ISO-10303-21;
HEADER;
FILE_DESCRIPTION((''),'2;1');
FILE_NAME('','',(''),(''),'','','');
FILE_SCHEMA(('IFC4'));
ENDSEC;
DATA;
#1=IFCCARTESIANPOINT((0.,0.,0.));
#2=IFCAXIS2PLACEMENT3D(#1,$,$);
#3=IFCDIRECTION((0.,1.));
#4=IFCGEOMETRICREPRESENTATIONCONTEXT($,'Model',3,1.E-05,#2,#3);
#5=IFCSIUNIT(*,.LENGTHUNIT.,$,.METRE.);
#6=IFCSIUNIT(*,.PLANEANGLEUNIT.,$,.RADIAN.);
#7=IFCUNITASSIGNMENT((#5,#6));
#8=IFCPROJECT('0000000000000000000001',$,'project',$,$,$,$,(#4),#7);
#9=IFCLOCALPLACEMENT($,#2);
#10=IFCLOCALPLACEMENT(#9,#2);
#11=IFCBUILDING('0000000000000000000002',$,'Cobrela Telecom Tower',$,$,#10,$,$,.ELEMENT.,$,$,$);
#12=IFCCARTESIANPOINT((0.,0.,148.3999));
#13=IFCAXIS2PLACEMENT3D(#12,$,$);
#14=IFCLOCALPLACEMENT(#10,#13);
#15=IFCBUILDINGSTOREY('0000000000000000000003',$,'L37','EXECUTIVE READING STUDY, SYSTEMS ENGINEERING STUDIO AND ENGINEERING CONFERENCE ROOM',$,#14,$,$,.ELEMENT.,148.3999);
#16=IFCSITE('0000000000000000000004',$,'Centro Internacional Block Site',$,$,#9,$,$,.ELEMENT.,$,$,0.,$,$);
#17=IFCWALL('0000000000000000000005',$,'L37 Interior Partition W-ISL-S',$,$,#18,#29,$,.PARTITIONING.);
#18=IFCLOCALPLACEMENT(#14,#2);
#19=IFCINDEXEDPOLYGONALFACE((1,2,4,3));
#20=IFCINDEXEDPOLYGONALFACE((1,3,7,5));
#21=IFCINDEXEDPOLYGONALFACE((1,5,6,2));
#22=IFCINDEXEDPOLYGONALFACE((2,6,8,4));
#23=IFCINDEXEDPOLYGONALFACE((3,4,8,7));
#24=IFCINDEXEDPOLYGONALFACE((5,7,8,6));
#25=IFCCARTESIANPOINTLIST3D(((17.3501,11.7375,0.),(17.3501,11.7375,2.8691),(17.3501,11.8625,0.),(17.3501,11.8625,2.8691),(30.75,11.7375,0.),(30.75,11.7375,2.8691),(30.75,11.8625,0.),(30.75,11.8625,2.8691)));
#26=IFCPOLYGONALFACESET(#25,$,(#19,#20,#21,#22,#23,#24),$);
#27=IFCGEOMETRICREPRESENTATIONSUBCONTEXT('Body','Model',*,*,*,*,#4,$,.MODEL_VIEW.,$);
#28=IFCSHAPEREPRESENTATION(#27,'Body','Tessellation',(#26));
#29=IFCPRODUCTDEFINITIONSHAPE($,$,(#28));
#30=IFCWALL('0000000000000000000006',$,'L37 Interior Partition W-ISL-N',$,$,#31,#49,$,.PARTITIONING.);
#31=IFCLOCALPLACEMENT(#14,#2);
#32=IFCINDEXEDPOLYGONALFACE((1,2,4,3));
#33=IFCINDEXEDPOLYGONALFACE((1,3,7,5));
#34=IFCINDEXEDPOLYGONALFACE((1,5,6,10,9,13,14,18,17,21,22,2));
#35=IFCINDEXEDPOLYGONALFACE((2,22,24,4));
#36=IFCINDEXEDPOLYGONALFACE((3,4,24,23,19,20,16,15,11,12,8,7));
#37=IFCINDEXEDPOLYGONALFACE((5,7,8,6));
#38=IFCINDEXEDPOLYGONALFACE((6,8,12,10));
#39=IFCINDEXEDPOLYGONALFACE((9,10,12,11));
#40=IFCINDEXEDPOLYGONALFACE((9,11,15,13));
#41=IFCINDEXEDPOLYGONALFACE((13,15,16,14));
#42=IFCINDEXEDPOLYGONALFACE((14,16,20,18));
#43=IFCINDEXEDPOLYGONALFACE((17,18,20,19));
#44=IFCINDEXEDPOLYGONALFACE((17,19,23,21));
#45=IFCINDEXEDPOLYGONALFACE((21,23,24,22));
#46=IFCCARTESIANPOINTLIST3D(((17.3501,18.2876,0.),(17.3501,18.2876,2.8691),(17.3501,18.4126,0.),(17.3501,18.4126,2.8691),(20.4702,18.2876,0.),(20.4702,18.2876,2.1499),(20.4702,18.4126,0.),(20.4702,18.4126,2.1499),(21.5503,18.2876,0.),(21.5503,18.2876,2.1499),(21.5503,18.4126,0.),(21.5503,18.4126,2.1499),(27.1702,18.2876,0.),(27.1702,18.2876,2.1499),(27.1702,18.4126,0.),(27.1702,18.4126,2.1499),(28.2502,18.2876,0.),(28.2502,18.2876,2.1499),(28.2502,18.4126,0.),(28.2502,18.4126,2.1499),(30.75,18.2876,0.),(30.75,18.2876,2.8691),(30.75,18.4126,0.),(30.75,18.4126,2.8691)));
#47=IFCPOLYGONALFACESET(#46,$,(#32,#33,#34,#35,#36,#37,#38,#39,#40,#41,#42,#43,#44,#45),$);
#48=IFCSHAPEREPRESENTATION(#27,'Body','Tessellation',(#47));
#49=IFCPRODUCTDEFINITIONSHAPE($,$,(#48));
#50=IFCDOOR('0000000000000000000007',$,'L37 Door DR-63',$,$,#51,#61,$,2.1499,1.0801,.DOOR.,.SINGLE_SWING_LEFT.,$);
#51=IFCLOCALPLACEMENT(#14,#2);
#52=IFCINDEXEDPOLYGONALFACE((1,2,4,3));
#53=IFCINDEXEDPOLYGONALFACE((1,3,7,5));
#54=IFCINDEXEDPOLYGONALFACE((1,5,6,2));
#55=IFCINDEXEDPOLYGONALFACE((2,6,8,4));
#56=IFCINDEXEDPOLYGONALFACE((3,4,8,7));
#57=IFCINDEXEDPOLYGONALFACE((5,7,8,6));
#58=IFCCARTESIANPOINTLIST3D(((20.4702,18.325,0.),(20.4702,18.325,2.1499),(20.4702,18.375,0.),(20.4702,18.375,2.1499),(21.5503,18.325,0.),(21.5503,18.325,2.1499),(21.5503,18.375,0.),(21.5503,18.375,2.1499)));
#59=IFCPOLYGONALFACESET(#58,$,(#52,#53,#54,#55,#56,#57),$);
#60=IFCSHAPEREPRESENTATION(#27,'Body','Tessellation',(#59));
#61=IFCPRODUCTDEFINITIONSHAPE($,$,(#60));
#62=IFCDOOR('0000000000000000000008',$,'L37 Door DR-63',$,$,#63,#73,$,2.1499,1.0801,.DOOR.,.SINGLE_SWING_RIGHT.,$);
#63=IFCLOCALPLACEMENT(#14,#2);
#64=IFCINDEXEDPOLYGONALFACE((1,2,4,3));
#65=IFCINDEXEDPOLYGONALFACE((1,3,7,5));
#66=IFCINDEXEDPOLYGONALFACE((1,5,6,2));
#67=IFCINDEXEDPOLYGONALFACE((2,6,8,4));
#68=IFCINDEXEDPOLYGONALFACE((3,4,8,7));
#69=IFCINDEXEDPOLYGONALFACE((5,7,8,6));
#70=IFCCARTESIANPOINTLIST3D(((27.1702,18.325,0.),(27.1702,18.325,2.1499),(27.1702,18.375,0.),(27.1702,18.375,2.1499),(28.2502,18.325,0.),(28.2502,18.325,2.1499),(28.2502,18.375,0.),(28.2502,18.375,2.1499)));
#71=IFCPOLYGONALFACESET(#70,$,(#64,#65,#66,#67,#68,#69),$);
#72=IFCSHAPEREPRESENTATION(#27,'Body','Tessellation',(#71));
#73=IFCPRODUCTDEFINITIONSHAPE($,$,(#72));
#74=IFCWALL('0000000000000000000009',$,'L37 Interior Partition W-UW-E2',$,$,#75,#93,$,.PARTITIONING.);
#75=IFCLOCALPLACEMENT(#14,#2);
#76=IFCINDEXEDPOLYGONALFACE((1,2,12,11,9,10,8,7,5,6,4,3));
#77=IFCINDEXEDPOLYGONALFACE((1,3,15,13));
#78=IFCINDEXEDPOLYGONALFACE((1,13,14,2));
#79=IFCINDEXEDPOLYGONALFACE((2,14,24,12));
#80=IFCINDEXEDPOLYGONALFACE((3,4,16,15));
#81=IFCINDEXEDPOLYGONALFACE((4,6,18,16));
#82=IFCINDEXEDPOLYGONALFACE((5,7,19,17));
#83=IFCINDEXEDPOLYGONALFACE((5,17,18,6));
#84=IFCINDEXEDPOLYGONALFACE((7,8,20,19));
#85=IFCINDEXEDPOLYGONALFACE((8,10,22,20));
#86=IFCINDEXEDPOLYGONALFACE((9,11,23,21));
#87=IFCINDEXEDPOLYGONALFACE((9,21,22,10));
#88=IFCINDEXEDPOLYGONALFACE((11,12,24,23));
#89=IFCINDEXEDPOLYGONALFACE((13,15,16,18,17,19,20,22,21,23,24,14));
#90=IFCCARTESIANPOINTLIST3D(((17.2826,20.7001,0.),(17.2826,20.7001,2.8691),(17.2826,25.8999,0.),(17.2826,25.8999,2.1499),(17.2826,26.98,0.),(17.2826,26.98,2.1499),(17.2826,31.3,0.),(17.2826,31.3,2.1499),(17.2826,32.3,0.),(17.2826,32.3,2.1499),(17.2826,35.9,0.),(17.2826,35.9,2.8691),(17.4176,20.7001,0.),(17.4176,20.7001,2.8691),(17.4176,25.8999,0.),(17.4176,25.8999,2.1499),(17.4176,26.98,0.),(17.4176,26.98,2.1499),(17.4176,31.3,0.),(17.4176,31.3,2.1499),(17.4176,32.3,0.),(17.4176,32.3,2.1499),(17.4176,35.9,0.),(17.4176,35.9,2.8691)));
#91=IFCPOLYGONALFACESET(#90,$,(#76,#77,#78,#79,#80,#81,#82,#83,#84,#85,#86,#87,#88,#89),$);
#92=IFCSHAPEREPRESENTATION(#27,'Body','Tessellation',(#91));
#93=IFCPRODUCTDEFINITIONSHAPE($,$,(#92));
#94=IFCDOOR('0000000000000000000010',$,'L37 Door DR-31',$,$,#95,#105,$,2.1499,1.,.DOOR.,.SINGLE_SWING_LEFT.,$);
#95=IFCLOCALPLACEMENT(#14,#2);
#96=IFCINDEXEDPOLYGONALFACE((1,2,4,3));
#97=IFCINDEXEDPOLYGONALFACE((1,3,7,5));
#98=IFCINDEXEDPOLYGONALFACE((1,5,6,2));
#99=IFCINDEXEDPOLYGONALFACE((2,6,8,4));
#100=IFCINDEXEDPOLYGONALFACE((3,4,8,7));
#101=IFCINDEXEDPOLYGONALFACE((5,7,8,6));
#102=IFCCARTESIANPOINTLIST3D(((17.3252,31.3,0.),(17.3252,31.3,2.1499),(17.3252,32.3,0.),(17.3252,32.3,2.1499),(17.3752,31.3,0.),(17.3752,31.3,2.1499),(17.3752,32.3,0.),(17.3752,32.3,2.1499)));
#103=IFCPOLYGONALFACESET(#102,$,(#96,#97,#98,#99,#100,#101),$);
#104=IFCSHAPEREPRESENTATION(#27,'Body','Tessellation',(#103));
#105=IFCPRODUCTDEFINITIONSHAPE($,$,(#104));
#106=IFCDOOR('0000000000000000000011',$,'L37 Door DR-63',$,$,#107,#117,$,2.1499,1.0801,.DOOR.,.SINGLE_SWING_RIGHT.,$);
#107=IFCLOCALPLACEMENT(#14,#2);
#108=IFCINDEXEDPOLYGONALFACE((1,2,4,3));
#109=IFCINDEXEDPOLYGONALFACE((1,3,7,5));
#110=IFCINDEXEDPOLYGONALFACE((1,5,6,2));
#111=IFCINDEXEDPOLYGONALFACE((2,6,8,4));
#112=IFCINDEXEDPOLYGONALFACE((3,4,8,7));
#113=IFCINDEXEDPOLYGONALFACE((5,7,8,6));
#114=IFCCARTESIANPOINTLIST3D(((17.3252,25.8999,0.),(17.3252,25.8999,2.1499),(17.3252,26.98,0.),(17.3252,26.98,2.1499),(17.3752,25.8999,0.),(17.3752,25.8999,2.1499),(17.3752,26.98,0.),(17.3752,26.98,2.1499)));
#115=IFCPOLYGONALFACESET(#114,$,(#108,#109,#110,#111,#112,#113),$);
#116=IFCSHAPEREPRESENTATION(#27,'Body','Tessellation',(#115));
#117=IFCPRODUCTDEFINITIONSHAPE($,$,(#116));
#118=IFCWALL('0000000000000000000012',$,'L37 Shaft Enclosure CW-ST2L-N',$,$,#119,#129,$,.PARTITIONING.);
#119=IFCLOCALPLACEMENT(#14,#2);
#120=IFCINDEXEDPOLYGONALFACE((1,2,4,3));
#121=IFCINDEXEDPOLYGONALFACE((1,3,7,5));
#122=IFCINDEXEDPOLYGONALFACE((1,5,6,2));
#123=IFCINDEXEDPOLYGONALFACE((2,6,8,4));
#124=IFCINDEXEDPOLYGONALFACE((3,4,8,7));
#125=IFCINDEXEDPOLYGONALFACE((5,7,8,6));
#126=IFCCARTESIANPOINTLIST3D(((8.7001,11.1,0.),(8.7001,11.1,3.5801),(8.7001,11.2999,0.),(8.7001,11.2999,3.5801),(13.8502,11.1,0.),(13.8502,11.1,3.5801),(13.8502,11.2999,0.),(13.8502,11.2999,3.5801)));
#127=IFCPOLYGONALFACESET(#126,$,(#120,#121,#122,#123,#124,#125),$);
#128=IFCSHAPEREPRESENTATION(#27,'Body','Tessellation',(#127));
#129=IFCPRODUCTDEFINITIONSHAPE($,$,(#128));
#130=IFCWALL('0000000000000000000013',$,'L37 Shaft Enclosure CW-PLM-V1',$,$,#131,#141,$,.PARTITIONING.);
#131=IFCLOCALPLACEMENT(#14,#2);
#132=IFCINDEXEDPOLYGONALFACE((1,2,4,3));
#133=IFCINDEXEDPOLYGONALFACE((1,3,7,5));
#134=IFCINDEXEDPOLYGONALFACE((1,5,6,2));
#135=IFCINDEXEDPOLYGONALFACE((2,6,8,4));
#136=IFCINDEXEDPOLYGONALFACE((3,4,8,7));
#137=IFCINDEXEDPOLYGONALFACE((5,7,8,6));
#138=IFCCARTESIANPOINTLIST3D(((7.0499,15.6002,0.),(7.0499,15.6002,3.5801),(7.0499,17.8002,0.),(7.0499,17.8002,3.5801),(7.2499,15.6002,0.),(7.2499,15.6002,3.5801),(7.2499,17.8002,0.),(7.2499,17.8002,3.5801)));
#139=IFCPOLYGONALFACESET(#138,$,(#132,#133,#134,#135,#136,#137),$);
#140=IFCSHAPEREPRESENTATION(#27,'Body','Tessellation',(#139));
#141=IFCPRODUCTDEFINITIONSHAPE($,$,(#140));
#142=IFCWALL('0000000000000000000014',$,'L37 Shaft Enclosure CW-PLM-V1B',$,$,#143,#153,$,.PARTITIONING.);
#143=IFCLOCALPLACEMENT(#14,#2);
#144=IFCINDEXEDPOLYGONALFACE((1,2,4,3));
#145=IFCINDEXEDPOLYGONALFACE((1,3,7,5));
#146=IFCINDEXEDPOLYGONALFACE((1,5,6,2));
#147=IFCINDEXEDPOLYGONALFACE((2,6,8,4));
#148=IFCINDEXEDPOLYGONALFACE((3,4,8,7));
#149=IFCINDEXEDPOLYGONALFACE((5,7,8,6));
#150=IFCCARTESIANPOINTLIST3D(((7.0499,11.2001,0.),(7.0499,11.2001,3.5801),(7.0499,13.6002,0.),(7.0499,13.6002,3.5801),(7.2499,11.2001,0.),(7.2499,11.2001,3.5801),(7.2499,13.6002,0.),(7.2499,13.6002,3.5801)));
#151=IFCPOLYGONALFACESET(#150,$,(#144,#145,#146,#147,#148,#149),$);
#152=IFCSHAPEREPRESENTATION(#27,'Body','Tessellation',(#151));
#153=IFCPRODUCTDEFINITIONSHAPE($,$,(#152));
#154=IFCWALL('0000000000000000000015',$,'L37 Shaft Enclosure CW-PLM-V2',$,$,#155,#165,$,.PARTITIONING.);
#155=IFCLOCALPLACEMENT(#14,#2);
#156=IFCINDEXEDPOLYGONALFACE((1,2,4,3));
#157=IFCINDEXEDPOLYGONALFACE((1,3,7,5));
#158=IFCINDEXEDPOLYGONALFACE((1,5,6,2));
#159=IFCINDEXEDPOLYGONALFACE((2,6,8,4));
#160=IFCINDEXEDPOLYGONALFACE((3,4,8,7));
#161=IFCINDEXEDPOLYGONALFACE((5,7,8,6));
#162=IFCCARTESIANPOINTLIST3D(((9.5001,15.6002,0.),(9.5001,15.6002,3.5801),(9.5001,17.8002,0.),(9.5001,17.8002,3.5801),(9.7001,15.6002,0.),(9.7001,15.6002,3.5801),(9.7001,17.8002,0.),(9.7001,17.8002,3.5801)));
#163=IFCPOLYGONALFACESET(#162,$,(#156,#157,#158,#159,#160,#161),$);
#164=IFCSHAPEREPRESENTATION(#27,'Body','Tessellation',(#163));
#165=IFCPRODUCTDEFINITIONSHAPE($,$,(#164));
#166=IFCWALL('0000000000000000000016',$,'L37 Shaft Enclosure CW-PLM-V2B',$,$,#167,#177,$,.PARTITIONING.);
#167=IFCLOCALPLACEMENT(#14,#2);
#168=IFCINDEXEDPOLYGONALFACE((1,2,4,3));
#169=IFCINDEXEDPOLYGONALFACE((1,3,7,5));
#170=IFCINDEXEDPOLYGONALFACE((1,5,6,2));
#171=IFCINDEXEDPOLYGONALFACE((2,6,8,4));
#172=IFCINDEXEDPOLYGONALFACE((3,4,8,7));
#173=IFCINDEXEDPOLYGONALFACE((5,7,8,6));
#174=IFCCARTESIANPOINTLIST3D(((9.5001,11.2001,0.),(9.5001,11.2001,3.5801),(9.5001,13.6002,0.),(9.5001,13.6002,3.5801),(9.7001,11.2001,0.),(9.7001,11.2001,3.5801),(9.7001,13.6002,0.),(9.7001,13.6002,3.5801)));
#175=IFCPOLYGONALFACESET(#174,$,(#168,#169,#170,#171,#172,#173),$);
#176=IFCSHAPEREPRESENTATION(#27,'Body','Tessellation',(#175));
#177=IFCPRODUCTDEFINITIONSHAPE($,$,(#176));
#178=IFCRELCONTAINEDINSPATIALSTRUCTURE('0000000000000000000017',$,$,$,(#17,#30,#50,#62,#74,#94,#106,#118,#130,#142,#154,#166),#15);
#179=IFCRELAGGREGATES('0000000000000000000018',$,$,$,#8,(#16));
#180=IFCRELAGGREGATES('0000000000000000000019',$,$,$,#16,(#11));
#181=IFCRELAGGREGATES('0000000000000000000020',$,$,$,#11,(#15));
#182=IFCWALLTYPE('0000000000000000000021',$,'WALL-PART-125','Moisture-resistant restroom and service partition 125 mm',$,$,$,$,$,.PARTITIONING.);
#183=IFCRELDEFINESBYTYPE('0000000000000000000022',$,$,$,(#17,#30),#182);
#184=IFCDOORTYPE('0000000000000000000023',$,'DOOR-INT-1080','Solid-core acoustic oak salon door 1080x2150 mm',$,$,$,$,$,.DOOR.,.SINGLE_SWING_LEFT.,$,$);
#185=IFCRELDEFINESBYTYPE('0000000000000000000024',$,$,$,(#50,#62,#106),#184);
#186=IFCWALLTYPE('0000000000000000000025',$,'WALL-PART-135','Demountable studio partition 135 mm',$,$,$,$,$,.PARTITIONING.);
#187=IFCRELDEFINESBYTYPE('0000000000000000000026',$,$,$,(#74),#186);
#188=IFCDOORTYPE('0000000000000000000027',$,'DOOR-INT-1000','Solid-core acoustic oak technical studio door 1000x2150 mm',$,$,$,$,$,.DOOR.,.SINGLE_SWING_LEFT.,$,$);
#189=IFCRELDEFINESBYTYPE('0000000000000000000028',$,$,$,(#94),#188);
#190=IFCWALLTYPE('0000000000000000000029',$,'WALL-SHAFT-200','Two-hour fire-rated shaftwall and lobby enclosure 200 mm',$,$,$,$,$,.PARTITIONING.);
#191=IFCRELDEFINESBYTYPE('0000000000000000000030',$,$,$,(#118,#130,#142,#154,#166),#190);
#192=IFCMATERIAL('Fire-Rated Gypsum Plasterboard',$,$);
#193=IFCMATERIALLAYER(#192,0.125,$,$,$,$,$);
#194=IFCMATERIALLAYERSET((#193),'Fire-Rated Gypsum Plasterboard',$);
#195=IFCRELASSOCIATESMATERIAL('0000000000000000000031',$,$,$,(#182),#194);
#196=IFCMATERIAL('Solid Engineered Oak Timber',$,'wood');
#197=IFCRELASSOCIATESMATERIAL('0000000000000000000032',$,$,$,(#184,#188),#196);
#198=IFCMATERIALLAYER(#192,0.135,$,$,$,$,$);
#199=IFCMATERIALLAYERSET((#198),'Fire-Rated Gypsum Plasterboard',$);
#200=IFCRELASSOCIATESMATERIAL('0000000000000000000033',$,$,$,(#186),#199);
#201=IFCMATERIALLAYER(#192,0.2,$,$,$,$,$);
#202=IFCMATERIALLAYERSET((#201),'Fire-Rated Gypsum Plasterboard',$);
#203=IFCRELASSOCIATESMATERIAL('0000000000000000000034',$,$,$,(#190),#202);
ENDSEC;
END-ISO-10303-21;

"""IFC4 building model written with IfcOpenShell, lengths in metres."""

from ifc_helpers import new_model, si_unit, direction, frame, frame_2d, origin, place, context, subcontext, project, spatial, rectangle, extrude, material, layer, layer_set, type_object, element, fill, save


model = new_model("IFC4")

# Units and contexts
model_context = context("Model", 3, precision=1e-05, world=origin(), true_north=direction((0.0, 1.0)))
body_context = subcontext(model_context, "Body", "Model", "MODEL_VIEW")
ifc_project = project(units=[si_unit("LENGTHUNIT", "METRE"), si_unit("PLANEANGLEUNIT", "RADIAN")], contexts=[model_context])

# Site, building, storey
site_placement = place(None, origin())
site = spatial("IfcSite", under=ifc_project, at=site_placement, Name="Centro Internacional Block Site", CompositionType="ELEMENT", RefElevation=0.0)
building_placement = place(site_placement, origin())
building = spatial("IfcBuilding", under=site, at=building_placement, Name="Cobrela Telecom Tower", CompositionType="ELEMENT")
storey_placement = place(building_placement, frame((0.0, 0.0, 148.3999)))
storey = spatial("IfcBuildingStorey", under=building, at=storey_placement, Name="L37", Description="EXECUTIVE READING STUDY, SYSTEMS ENGINEERING STUDIO AND ENGINEERING CONFERENCE ROOM", CompositionType="ELEMENT", Elevation=148.3999)

# Wall
ifc_material_1 = material(Name="Fire-Rated Gypsum Plasterboard")
ifc_layer_1 = layer(ifc_material_1, 0.125)
ifc_layer_set_1 = layer_set([ifc_layer_1], Name="Fire-Rated Gypsum Plasterboard")
wall_type_1 = type_object("IfcWallType", Name="WALL-PART-125", Description="Moisture-resistant restroom and service partition 125 mm", PredefinedType="PARTITIONING", material=ifc_layer_set_1)
wall_1_placement = place(storey_placement, frame((17.3501, 11.8, 0.0), z_axis=(0.0, 0.0, 1.0), x_axis=(1.0, 0.0, 0.0)))
element("IfcWall", 1, at=wall_1_placement, inside=storey, type_object=wall_type_1, Name="L37 Interior Partition W-ISL-S", PredefinedType="PARTITIONING", context=body_context, shape_type="SweptSolid", body=[
    extrude(rectangle(XDim=13.3999, YDim=0.125, at=frame_2d((6.7, 0.0))), origin(), (0.0, 0.0, 1.0), 2.8691),
])

# Walls, openings, doors
wall_2_placement = place(storey_placement, frame((17.3501, 18.3501, 0.0), z_axis=(0.0, 0.0, 1.0), x_axis=(1.0, 0.0, 0.0)))
wall_2 = element("IfcWall", 2, at=wall_2_placement, inside=storey, type_object=wall_type_1, Name="L37 Interior Partition W-ISL-N", PredefinedType="PARTITIONING", context=body_context, shape_type="SweptSolid", body=[
    extrude(rectangle(XDim=13.3999, YDim=0.125, at=frame_2d((6.7, 0.0))), origin(), (0.0, 0.0, 1.0), 2.8691),
])
opening_1_placement = place(wall_2_placement, frame((3.1201, 0.0, 0.0)))
opening_1 = element("IfcOpeningElement", 3, at=opening_1_placement, cuts=wall_2, PredefinedType="OPENING", context=body_context, shape_type="SweptSolid", body=[
    extrude(rectangle(XDim=1.0801, YDim=2.1499, at=frame_2d((0.54, 1.075))), frame((0.0, 0.0745, 0.0), z_axis=(0.0, -1.0, 0.0), x_axis=(1.0, 0.0, 0.0)), (0.0, 0.0, 1.0), 0.1489),
])
opening_2_placement = place(wall_2_placement, frame((9.8201, 0.0, 0.0)))
opening_2 = element("IfcOpeningElement", 4, at=opening_2_placement, cuts=wall_2, PredefinedType="OPENING", context=body_context, shape_type="SweptSolid", body=[
    extrude(rectangle(XDim=1.0801, YDim=2.1499, at=frame_2d((0.54, 1.075))), frame((0.0, 0.0745, 0.0), z_axis=(0.0, -1.0, 0.0), x_axis=(1.0, 0.0, 0.0)), (0.0, 0.0, 1.0), 0.1489),
])
ifc_material_2 = material(Name="Solid Engineered Oak Timber", Category="wood")
door_type_1 = type_object("IfcDoorType", Name="DOOR-INT-1080", Description="Solid-core acoustic oak salon door 1080x2150 mm", OperationType="SINGLE_SWING_LEFT", PredefinedType="DOOR", material=ifc_material_2)
door_1_placement = place(opening_1_placement, origin())
door_1 = element("IfcDoor", 5, at=door_1_placement, inside=storey, type_object=door_type_1, Name="L37 Door DR-63", OperationType="SINGLE_SWING_LEFT", OverallHeight=2.1499, OverallWidth=1.0801, PredefinedType="DOOR", context=body_context, shape_type="SweptSolid", body=[
    extrude(rectangle(XDim=1.0801, YDim=2.1499, at=frame_2d((0.54, 1.075))), frame((0.0, 0.0249, 0.0), z_axis=(0.0, -1.0, 0.0), x_axis=(1.0, 0.0, 0.0)), (0.0, 0.0, 1.0), 0.05),
])
fill(opening_1, door_1)
door_2_placement = place(opening_2_placement, origin())
door_2 = element("IfcDoor", 6, at=door_2_placement, inside=storey, type_object=door_type_1, Name="L37 Door DR-63", OperationType="SINGLE_SWING_RIGHT", OverallHeight=2.1499, OverallWidth=1.0801, PredefinedType="DOOR", context=body_context, shape_type="SweptSolid", body=[
    extrude(rectangle(XDim=1.0801, YDim=2.1499, at=frame_2d((0.54, 1.075))), frame((0.0, 0.0249, 0.0), z_axis=(0.0, -1.0, 0.0), x_axis=(1.0, 0.0, 0.0)), (0.0, 0.0, 1.0), 0.05),
])
fill(opening_2, door_2)
ifc_layer_2 = layer(ifc_material_1, 0.135)
ifc_layer_set_2 = layer_set([ifc_layer_2], Name="Fire-Rated Gypsum Plasterboard")
wall_type_2 = type_object("IfcWallType", Name="WALL-PART-135", Description="Demountable studio partition 135 mm", PredefinedType="PARTITIONING", material=ifc_layer_set_2)
wall_3_placement = place(storey_placement, frame((17.3501, 20.7, 0.0), z_axis=(0.0, 0.0, 1.0), x_axis=(0.0, 1.0, 0.0)))
wall_3 = element("IfcWall", 7, at=wall_3_placement, inside=storey, type_object=wall_type_2, Name="L37 Interior Partition W-UW-E2", PredefinedType="PARTITIONING", context=body_context, shape_type="SweptSolid", body=[
    extrude(rectangle(XDim=15.2, YDim=0.135, at=frame_2d((7.6001, 0.0))), origin(), (0.0, 0.0, 1.0), 2.8691),
])
opening_3_placement = place(wall_3_placement, frame((5.2, 0.0, 0.0)))
opening_3 = element("IfcOpeningElement", 8, at=opening_3_placement, cuts=wall_3, PredefinedType="OPENING", context=body_context, shape_type="SweptSolid", body=[
    extrude(rectangle(XDim=1.0801, YDim=2.1499, at=frame_2d((0.54, 1.075))), frame((0.0, 0.0796, 0.0), z_axis=(0.0, -1.0, 0.0), x_axis=(1.0, 0.0, 0.0)), (0.0, 0.0, 1.0), 0.1589),
])
opening_4_placement = place(wall_3_placement, frame((10.6001, 0.0, 0.0)))
opening_4 = element("IfcOpeningElement", 9, at=opening_4_placement, cuts=wall_3, PredefinedType="OPENING", context=body_context, shape_type="SweptSolid", body=[
    extrude(rectangle(XDim=1.0, YDim=2.1499, at=frame_2d((0.5, 1.075))), frame((0.0, 0.0796, 0.0), z_axis=(0.0, -1.0, 0.0), x_axis=(1.0, 0.0, 0.0)), (0.0, 0.0, 1.0), 0.1589),
])
door_type_2 = type_object("IfcDoorType", Name="DOOR-INT-1000", Description="Solid-core acoustic oak technical studio door 1000x2150 mm", OperationType="SINGLE_SWING_LEFT", PredefinedType="DOOR", material=ifc_material_2)
door_3_placement = place(opening_4_placement, origin())
door_3 = element("IfcDoor", 10, at=door_3_placement, inside=storey, type_object=door_type_2, Name="L37 Door DR-31", OperationType="SINGLE_SWING_LEFT", OverallHeight=2.1499, OverallWidth=1.0, PredefinedType="DOOR", context=body_context, shape_type="SweptSolid", body=[
    extrude(rectangle(XDim=1.0, YDim=2.1499, at=frame_2d((0.5, 1.075))), frame((0.0, 0.0249, 0.0), z_axis=(0.0, -1.0, 0.0), x_axis=(1.0, 0.0, 0.0)), (0.0, 0.0, 1.0), 0.05),
])
fill(opening_4, door_3)
door_4_placement = place(opening_3_placement, origin())
door_4 = element("IfcDoor", 11, at=door_4_placement, inside=storey, type_object=door_type_1, Name="L37 Door DR-63", OperationType="SINGLE_SWING_RIGHT", OverallHeight=2.1499, OverallWidth=1.0801, PredefinedType="DOOR", context=body_context, shape_type="SweptSolid", body=[
    extrude(rectangle(XDim=1.0801, YDim=2.1499, at=frame_2d((0.54, 1.075))), frame((0.0, 0.0249, 0.0), z_axis=(0.0, -1.0, 0.0), x_axis=(1.0, 0.0, 0.0)), (0.0, 0.0, 1.0), 0.05),
])
fill(opening_3, door_4)

# Walls
ifc_layer_3 = layer(ifc_material_1, 0.2)
ifc_layer_set_3 = layer_set([ifc_layer_3], Name="Fire-Rated Gypsum Plasterboard")
wall_type_3 = type_object("IfcWallType", Name="WALL-SHAFT-200", Description="Two-hour fire-rated shaftwall and lobby enclosure 200 mm", PredefinedType="PARTITIONING", material=ifc_layer_set_3)
wall_4_placement = place(storey_placement, frame((8.7, 11.2, 0.0), z_axis=(0.0, 0.0, 1.0), x_axis=(1.0, 0.0, 0.0)))
element("IfcWall", 12, at=wall_4_placement, inside=storey, type_object=wall_type_3, Name="L37 Shaft Enclosure CW-ST2L-N", PredefinedType="PARTITIONING", context=body_context, shape_type="SweptSolid", body=[
    extrude(rectangle(XDim=5.1501, YDim=0.2, at=frame_2d((2.5752, 0.0))), origin(), (0.0, 0.0, 1.0), 3.5801),
])
wall_5_placement = place(storey_placement, frame((7.1499, 15.6001, 0.0), z_axis=(0.0, 0.0, 1.0), x_axis=(0.0, 1.0, 0.0)))
element("IfcWall", 13, at=wall_5_placement, inside=storey, type_object=wall_type_3, Name="L37 Shaft Enclosure CW-PLM-V1", PredefinedType="PARTITIONING", context=body_context, shape_type="SweptSolid", body=[
    extrude(rectangle(XDim=2.2, YDim=0.2, at=frame_2d((1.1001, 0.0))), origin(), (0.0, 0.0, 1.0), 3.5801),
])
wall_6_placement = place(storey_placement, frame((7.1499, 11.2, 0.0), z_axis=(0.0, 0.0, 1.0), x_axis=(0.0, 1.0, 0.0)))
element("IfcWall", 14, at=wall_6_placement, inside=storey, type_object=wall_type_3, Name="L37 Shaft Enclosure CW-PLM-V1B", PredefinedType="PARTITIONING", context=body_context, shape_type="SweptSolid", body=[
    extrude(rectangle(XDim=2.4001, YDim=0.2, at=frame_2d((1.2002, 0.0))), origin(), (0.0, 0.0, 1.0), 3.5801),
])
wall_7_placement = place(storey_placement, frame((9.6001, 15.6001, 0.0), z_axis=(0.0, 0.0, 1.0), x_axis=(0.0, 1.0, 0.0)))
element("IfcWall", 15, at=wall_7_placement, inside=storey, type_object=wall_type_3, Name="L37 Shaft Enclosure CW-PLM-V2", PredefinedType="PARTITIONING", context=body_context, shape_type="SweptSolid", body=[
    extrude(rectangle(XDim=2.2, YDim=0.2, at=frame_2d((1.1001, 0.0))), origin(), (0.0, 0.0, 1.0), 3.5801),
])
wall_8_placement = place(storey_placement, frame((9.6001, 11.2, 0.0), z_axis=(0.0, 0.0, 1.0), x_axis=(0.0, 1.0, 0.0)))
element("IfcWall", 16, at=wall_8_placement, inside=storey, type_object=wall_type_3, Name="L37 Shaft Enclosure CW-PLM-V2B", PredefinedType="PARTITIONING", context=body_context, shape_type="SweptSolid", body=[
    extrude(rectangle(XDim=2.4001, YDim=0.2, at=frame_2d((1.2002, 0.0))), origin(), (0.0, 0.0, 1.0), 3.5801),
])

save(model, "model.ifc")
